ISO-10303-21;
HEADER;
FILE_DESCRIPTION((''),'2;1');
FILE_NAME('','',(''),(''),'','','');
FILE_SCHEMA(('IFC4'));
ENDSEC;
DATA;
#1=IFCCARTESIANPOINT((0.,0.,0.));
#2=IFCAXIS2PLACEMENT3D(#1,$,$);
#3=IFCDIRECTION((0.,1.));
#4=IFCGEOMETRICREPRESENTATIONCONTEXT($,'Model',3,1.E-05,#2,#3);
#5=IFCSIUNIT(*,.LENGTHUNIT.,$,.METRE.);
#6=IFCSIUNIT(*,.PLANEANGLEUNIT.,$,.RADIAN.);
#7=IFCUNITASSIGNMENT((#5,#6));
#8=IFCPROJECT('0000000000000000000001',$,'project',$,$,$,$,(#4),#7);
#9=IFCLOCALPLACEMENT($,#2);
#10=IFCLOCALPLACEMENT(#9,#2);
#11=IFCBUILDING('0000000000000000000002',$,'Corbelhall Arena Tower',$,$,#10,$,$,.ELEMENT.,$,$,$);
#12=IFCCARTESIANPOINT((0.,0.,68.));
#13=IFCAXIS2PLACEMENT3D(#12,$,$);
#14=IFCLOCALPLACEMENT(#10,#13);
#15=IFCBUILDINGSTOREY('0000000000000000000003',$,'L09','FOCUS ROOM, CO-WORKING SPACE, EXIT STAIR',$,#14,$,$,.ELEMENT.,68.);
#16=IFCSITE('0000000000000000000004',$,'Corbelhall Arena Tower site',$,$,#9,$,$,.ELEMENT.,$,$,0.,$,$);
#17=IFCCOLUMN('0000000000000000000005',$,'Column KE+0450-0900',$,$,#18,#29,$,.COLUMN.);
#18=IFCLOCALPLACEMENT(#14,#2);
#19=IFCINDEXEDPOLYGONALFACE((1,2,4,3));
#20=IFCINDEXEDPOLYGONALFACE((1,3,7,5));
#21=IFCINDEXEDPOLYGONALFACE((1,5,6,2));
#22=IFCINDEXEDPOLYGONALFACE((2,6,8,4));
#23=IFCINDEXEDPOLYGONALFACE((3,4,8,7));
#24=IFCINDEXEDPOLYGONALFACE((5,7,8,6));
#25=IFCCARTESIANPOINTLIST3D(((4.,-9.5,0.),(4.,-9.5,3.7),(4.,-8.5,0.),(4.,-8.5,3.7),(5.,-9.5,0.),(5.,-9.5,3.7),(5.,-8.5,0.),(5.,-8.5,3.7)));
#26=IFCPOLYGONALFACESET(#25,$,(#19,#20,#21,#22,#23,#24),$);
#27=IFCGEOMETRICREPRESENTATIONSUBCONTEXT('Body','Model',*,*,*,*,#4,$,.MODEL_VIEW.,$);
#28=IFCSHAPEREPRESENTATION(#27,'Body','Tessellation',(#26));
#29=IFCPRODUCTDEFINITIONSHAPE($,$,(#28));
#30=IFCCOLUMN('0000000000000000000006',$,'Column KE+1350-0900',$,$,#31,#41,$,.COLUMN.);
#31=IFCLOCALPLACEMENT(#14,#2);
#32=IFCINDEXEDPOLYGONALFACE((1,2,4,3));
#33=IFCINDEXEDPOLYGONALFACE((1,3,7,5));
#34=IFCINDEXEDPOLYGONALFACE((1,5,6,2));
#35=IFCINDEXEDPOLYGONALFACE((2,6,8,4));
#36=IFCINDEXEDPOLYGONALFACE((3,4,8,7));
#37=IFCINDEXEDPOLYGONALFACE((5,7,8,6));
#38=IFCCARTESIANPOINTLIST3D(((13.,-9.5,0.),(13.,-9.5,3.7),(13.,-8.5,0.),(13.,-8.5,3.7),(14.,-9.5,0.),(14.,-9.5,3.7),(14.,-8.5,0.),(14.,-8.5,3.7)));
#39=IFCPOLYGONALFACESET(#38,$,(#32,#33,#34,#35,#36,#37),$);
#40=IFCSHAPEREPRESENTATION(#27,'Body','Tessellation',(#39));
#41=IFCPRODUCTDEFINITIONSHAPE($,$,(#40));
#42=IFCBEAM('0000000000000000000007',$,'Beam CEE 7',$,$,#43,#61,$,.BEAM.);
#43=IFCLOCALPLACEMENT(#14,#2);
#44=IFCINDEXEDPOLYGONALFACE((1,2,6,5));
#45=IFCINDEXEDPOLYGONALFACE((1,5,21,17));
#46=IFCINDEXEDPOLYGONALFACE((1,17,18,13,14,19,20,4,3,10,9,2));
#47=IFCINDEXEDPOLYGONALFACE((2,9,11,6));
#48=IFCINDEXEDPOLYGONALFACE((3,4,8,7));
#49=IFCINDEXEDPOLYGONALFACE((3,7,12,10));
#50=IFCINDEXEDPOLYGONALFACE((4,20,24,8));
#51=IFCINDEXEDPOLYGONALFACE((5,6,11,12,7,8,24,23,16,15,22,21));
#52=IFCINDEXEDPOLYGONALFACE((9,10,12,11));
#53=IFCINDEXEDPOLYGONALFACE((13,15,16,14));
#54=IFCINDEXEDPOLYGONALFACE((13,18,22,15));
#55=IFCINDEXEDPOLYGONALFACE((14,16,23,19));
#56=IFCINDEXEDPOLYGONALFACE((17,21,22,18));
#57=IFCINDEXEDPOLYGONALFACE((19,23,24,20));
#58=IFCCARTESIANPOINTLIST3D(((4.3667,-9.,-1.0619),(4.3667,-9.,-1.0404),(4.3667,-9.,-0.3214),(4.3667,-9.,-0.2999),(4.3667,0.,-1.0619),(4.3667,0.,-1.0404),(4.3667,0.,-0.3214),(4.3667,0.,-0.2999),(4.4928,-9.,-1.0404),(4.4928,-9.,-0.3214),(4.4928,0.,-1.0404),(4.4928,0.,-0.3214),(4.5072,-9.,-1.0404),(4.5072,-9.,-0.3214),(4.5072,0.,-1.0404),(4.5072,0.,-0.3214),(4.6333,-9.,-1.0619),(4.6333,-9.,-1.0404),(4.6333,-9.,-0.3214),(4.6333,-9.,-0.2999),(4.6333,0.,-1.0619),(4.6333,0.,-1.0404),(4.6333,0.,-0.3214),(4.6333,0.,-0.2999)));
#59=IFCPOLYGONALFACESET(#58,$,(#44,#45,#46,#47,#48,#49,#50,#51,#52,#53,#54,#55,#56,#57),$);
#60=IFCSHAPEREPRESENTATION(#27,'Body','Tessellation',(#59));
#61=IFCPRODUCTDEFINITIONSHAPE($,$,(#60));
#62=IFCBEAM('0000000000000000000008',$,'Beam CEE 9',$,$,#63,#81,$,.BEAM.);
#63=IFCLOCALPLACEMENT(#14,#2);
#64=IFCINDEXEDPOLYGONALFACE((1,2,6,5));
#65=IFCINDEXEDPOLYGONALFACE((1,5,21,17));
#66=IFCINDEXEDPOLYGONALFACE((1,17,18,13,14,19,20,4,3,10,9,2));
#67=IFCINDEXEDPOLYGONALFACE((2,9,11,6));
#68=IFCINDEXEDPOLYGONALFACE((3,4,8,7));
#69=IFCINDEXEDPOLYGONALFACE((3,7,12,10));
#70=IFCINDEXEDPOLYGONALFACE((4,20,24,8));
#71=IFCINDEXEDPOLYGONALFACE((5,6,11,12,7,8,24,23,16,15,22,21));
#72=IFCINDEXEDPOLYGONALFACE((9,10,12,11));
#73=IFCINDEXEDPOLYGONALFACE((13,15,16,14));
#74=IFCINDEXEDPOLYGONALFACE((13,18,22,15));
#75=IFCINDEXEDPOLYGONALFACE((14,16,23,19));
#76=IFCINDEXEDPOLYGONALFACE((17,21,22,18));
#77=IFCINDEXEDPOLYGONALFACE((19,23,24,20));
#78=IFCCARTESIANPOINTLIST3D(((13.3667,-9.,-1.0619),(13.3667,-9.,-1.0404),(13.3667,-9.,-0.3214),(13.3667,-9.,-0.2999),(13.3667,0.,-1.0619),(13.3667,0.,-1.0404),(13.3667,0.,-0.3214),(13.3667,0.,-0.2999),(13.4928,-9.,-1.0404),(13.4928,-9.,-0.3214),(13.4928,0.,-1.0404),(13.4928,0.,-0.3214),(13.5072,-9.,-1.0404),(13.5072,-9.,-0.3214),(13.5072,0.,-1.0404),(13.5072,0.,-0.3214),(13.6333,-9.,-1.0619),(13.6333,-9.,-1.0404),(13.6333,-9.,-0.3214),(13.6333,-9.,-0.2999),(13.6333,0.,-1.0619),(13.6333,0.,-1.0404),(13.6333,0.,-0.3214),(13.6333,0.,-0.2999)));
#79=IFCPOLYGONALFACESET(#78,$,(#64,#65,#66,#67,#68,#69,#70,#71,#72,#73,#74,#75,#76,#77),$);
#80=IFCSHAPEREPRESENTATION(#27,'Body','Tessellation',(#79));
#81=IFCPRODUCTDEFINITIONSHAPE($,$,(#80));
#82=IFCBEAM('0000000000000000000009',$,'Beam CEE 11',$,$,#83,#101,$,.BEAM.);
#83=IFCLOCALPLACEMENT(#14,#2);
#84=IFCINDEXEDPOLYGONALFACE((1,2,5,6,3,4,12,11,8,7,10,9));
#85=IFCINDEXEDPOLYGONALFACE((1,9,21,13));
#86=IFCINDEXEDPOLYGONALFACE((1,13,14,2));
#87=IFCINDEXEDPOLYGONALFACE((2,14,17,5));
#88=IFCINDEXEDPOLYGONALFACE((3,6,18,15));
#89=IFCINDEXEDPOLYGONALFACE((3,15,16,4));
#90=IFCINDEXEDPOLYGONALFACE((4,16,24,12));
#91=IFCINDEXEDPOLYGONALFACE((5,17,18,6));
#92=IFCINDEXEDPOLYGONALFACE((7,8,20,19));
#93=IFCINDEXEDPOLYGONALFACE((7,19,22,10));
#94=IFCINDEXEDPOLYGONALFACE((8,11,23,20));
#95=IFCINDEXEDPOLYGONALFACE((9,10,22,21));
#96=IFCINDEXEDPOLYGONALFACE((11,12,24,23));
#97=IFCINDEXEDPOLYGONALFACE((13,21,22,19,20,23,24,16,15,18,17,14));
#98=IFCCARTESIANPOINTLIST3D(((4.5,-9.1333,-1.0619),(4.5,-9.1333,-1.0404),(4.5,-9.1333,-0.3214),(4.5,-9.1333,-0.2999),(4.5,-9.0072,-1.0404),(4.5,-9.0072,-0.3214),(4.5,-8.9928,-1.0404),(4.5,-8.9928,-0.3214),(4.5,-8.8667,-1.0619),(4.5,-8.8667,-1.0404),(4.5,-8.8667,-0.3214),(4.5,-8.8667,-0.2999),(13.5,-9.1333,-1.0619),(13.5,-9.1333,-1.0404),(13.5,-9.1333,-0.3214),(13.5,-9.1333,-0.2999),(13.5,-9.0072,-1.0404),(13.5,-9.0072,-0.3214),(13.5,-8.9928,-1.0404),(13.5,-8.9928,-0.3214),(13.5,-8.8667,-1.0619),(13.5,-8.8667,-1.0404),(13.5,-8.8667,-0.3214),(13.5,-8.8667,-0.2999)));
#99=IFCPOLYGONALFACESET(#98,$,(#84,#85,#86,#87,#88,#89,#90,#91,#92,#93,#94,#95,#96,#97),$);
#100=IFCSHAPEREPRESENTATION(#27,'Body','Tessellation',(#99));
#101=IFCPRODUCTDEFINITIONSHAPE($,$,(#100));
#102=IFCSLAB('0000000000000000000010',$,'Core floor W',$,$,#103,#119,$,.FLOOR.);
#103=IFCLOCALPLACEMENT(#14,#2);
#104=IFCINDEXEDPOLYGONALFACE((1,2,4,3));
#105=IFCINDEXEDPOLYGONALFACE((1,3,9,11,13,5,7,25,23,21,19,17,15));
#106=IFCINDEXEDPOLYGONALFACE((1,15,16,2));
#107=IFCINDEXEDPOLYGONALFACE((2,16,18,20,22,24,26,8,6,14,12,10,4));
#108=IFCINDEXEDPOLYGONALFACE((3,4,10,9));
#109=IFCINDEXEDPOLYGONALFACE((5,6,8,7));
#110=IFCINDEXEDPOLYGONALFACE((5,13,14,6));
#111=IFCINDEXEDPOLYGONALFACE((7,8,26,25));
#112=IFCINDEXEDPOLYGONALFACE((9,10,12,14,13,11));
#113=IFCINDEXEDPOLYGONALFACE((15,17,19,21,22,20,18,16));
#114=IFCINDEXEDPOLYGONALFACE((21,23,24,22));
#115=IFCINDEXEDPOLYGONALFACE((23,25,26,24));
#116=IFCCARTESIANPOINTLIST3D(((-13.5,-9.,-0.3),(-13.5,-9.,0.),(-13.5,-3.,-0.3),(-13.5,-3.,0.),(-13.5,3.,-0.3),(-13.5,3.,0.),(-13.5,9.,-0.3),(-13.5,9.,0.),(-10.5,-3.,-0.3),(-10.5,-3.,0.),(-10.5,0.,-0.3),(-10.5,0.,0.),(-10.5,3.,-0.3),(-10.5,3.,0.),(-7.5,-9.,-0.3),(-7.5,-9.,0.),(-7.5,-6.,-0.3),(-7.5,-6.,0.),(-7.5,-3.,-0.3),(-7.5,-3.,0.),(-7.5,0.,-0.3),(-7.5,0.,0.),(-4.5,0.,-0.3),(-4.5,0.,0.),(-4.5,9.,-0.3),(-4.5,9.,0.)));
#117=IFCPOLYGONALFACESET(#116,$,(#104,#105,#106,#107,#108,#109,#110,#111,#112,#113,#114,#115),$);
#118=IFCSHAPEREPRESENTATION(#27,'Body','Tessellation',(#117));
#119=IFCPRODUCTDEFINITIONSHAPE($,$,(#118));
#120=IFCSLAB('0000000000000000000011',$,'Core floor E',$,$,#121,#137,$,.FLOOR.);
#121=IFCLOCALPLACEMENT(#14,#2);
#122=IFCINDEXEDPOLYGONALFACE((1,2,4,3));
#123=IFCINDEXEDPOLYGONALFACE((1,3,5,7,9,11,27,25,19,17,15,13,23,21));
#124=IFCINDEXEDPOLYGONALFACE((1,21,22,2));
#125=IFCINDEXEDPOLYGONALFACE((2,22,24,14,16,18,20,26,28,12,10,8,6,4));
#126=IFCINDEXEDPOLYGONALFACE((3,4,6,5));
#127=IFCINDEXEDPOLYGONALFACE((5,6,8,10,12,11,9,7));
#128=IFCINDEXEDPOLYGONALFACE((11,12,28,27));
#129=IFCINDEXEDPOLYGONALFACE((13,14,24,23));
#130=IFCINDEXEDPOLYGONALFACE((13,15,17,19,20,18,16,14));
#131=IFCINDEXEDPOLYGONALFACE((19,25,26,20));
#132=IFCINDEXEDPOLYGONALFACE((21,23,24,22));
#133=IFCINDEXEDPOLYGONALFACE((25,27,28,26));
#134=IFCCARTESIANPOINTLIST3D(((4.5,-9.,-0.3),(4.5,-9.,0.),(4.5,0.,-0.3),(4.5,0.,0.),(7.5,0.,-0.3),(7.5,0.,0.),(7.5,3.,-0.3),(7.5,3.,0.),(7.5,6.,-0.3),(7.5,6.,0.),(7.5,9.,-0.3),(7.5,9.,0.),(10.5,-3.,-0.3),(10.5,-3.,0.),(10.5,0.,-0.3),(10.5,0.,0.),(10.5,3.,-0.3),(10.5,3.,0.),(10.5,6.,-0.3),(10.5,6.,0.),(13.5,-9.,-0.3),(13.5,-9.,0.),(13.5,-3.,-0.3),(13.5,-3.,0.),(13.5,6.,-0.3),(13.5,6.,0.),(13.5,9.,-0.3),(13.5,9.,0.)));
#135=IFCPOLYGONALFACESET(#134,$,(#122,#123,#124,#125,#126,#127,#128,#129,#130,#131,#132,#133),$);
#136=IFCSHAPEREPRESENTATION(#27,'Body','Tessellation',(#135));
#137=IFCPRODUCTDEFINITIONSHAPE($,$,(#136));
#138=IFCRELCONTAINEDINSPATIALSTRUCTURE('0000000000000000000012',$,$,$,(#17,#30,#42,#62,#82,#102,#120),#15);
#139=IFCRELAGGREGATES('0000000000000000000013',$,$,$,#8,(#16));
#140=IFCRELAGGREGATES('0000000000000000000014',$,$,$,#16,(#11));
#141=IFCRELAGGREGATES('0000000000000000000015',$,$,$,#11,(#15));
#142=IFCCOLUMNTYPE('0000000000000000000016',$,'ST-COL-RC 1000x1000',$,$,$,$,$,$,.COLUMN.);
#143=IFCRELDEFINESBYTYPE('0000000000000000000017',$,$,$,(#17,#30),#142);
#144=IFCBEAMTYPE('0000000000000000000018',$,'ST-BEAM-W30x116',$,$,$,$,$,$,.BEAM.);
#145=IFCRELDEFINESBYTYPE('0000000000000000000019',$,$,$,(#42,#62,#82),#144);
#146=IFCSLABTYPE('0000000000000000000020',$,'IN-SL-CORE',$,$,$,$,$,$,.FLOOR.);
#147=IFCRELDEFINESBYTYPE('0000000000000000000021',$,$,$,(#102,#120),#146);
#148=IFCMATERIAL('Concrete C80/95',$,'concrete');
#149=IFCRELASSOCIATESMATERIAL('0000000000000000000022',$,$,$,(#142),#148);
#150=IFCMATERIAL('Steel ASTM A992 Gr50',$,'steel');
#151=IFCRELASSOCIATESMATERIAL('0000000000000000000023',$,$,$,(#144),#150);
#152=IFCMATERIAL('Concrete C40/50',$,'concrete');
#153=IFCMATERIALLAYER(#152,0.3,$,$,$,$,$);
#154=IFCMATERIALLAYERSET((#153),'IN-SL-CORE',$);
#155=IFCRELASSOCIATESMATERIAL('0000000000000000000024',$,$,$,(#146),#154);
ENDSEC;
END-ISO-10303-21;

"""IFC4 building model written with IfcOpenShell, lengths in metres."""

from ifc_helpers import new_model, si_unit, direction, frame, origin, origin_2d, place, context, subcontext, project, spatial, polyline, rectangle, i_section, outline, extrude, material, layer, layer_set, material_profile, profile_set, type_object, element, save


model = new_model("IFC4")

# Units and contexts
model_context = context("Model", 3, precision=1e-05, world=origin(), true_north=direction((0.0, 1.0)))
body_context = subcontext(model_context, "Body", "Model", "MODEL_VIEW")
ifc_project = project(units=[si_unit("LENGTHUNIT", "METRE"), si_unit("PLANEANGLEUNIT", "RADIAN")], contexts=[model_context])

# Site, building, storey
site_placement = place(None, origin())
site = spatial("IfcSite", under=ifc_project, at=site_placement, Name="Corbelhall Arena Tower site", CompositionType="ELEMENT", RefElevation=0.0)
building_placement = place(site_placement, origin())
building = spatial("IfcBuilding", under=site, at=building_placement, Name="Corbelhall Arena Tower", CompositionType="ELEMENT")
storey_placement = place(building_placement, frame((0.0, 0.0, 68.0)))
storey = spatial("IfcBuildingStorey", under=building, at=storey_placement, Name="L09", Description="FOCUS ROOM, CO-WORKING SPACE, EXIT STAIR", CompositionType="ELEMENT", Elevation=68.0)

# Columns
ifc_material_1 = material(Name="Concrete C80/95", Category="concrete")
ifc_material_profile_1 = material_profile(ifc_material_1, rectangle(XDim=1.0, YDim=1.0, at=origin_2d()))
ifc_profile_set_1 = profile_set([ifc_material_profile_1], Name="Concrete C80/95")
column_type = type_object("IfcColumnType", Name="ST-COL-RC 1000x1000", PredefinedType="COLUMN", material=ifc_profile_set_1)
for number, where, z_axis, x_axis, name in (
    (1, (4.5, -9.0, 0.0), (0.0, 0.0, 1.0), (1.0, 0.0, 0.0), "Column KE+0450-0900"),
    (2, (13.5, -9.0, 0.0), (0.0, 0.0, 1.0), (1.0, 0.0, 0.0), "Column KE+1350-0900"),
):
    element("IfcColumn", number, at=place(storey_placement, frame(where, z_axis=z_axis, x_axis=x_axis)), inside=storey, type_object=column_type, Name=name, PredefinedType="COLUMN", context=body_context, shape_type="SweptSolid", body=[
        extrude(rectangle(XDim=1.0, YDim=1.0, at=origin_2d()), origin(), (0.0, 0.0, 1.0), 3.7),
    ])

# Beams
ifc_material_2 = material(Name="Steel ASTM A992 Gr50", Category="steel")
ifc_material_profile_2 = material_profile(ifc_material_2, i_section(OverallWidth=0.2666, OverallDepth=0.762, WebThickness=0.0144, FlangeThickness=0.0215, at=origin_2d()))
ifc_profile_set_2 = profile_set([ifc_material_profile_2], Name="Steel ASTM A992 Gr50")
beam_type = type_object("IfcBeamType", Name="ST-BEAM-W30x116", PredefinedType="BEAM", material=ifc_profile_set_2)
for number, where, z_axis, x_axis, name in (
    (3, (4.5, -9.0, -0.6809), (0.0, 1.0, 0.0), (-1.0, 0.0, 0.0), "Beam CEE 7"),
    (4, (13.5, -9.0, -0.6809), (0.0, 1.0, 0.0), (-1.0, 0.0, 0.0), "Beam CEE 9"),
    (5, (4.5, -9.0, -0.6809), (1.0, 0.0, 0.0), (0.0, 1.0, 0.0), "Beam CEE 11"),
):
    element("IfcBeam", number, at=place(storey_placement, frame(where, z_axis=z_axis, x_axis=x_axis)), inside=storey, type_object=beam_type, Name=name, PredefinedType="BEAM", context=body_context, shape_type="SweptSolid", body=[
        extrude(i_section(OverallWidth=0.2666, OverallDepth=0.762, WebThickness=0.0144, FlangeThickness=0.0215, at=origin_2d()), origin(), (0.0, 0.0, 1.0), 9.0),
    ])

# Slabs
ifc_material_3 = material(Name="Concrete C40/50", Category="concrete")
ifc_layer_1 = layer(ifc_material_3, 0.3)
ifc_layer_set_1 = layer_set([ifc_layer_1], Name="IN-SL-CORE")
slab_type_1 = type_object("IfcSlabType", Name="IN-SL-CORE", PredefinedType="FLOOR", material=ifc_layer_set_1)
slab_1_placement = place(storey_placement, frame((0.0, 0.0, -0.3)))
element("IfcSlab", 6, at=slab_1_placement, inside=storey, type_object=slab_type_1, Name="Core floor W", PredefinedType="FLOOR", context=body_context, shape_type="SweptSolid", body=[
    extrude(outline(polyline([(-7.5, 0.0), (-4.5, 0.0), (-4.5, 9.0), (-13.5, 9.0), (-13.5, 3.0), (-10.5, 3.0), (-10.5, 0.0), (-10.5, -3.0), (-13.5, -3.0), (-13.5, -9.0), (-7.5, -9.0), (-7.5, -6.0), (-7.5, -3.0), (-7.5, 0.0)])), origin(), (0.0, 0.0, 1.0), 0.3),
])
slab_2_placement = place(storey_placement, frame((0.0, 0.0, -0.3)))
element("IfcSlab", 7, at=slab_2_placement, inside=storey, type_object=slab_type_1, Name="Core floor E", PredefinedType="FLOOR", context=body_context, shape_type="SweptSolid", body=[
    extrude(outline(polyline([(7.5, 0.0), (4.5, 0.0), (4.5, -9.0), (13.5, -9.0), (13.5, -3.0), (10.5, -3.0), (10.5, 0.0), (10.5, 3.0), (10.5, 6.0), (13.5, 6.0), (13.5, 9.0), (7.5, 9.0), (7.5, 6.0), (7.5, 3.0), (7.5, 0.0)])), origin(), (0.0, 0.0, 1.0), 0.3),
])

save(model, "model.ifc")
